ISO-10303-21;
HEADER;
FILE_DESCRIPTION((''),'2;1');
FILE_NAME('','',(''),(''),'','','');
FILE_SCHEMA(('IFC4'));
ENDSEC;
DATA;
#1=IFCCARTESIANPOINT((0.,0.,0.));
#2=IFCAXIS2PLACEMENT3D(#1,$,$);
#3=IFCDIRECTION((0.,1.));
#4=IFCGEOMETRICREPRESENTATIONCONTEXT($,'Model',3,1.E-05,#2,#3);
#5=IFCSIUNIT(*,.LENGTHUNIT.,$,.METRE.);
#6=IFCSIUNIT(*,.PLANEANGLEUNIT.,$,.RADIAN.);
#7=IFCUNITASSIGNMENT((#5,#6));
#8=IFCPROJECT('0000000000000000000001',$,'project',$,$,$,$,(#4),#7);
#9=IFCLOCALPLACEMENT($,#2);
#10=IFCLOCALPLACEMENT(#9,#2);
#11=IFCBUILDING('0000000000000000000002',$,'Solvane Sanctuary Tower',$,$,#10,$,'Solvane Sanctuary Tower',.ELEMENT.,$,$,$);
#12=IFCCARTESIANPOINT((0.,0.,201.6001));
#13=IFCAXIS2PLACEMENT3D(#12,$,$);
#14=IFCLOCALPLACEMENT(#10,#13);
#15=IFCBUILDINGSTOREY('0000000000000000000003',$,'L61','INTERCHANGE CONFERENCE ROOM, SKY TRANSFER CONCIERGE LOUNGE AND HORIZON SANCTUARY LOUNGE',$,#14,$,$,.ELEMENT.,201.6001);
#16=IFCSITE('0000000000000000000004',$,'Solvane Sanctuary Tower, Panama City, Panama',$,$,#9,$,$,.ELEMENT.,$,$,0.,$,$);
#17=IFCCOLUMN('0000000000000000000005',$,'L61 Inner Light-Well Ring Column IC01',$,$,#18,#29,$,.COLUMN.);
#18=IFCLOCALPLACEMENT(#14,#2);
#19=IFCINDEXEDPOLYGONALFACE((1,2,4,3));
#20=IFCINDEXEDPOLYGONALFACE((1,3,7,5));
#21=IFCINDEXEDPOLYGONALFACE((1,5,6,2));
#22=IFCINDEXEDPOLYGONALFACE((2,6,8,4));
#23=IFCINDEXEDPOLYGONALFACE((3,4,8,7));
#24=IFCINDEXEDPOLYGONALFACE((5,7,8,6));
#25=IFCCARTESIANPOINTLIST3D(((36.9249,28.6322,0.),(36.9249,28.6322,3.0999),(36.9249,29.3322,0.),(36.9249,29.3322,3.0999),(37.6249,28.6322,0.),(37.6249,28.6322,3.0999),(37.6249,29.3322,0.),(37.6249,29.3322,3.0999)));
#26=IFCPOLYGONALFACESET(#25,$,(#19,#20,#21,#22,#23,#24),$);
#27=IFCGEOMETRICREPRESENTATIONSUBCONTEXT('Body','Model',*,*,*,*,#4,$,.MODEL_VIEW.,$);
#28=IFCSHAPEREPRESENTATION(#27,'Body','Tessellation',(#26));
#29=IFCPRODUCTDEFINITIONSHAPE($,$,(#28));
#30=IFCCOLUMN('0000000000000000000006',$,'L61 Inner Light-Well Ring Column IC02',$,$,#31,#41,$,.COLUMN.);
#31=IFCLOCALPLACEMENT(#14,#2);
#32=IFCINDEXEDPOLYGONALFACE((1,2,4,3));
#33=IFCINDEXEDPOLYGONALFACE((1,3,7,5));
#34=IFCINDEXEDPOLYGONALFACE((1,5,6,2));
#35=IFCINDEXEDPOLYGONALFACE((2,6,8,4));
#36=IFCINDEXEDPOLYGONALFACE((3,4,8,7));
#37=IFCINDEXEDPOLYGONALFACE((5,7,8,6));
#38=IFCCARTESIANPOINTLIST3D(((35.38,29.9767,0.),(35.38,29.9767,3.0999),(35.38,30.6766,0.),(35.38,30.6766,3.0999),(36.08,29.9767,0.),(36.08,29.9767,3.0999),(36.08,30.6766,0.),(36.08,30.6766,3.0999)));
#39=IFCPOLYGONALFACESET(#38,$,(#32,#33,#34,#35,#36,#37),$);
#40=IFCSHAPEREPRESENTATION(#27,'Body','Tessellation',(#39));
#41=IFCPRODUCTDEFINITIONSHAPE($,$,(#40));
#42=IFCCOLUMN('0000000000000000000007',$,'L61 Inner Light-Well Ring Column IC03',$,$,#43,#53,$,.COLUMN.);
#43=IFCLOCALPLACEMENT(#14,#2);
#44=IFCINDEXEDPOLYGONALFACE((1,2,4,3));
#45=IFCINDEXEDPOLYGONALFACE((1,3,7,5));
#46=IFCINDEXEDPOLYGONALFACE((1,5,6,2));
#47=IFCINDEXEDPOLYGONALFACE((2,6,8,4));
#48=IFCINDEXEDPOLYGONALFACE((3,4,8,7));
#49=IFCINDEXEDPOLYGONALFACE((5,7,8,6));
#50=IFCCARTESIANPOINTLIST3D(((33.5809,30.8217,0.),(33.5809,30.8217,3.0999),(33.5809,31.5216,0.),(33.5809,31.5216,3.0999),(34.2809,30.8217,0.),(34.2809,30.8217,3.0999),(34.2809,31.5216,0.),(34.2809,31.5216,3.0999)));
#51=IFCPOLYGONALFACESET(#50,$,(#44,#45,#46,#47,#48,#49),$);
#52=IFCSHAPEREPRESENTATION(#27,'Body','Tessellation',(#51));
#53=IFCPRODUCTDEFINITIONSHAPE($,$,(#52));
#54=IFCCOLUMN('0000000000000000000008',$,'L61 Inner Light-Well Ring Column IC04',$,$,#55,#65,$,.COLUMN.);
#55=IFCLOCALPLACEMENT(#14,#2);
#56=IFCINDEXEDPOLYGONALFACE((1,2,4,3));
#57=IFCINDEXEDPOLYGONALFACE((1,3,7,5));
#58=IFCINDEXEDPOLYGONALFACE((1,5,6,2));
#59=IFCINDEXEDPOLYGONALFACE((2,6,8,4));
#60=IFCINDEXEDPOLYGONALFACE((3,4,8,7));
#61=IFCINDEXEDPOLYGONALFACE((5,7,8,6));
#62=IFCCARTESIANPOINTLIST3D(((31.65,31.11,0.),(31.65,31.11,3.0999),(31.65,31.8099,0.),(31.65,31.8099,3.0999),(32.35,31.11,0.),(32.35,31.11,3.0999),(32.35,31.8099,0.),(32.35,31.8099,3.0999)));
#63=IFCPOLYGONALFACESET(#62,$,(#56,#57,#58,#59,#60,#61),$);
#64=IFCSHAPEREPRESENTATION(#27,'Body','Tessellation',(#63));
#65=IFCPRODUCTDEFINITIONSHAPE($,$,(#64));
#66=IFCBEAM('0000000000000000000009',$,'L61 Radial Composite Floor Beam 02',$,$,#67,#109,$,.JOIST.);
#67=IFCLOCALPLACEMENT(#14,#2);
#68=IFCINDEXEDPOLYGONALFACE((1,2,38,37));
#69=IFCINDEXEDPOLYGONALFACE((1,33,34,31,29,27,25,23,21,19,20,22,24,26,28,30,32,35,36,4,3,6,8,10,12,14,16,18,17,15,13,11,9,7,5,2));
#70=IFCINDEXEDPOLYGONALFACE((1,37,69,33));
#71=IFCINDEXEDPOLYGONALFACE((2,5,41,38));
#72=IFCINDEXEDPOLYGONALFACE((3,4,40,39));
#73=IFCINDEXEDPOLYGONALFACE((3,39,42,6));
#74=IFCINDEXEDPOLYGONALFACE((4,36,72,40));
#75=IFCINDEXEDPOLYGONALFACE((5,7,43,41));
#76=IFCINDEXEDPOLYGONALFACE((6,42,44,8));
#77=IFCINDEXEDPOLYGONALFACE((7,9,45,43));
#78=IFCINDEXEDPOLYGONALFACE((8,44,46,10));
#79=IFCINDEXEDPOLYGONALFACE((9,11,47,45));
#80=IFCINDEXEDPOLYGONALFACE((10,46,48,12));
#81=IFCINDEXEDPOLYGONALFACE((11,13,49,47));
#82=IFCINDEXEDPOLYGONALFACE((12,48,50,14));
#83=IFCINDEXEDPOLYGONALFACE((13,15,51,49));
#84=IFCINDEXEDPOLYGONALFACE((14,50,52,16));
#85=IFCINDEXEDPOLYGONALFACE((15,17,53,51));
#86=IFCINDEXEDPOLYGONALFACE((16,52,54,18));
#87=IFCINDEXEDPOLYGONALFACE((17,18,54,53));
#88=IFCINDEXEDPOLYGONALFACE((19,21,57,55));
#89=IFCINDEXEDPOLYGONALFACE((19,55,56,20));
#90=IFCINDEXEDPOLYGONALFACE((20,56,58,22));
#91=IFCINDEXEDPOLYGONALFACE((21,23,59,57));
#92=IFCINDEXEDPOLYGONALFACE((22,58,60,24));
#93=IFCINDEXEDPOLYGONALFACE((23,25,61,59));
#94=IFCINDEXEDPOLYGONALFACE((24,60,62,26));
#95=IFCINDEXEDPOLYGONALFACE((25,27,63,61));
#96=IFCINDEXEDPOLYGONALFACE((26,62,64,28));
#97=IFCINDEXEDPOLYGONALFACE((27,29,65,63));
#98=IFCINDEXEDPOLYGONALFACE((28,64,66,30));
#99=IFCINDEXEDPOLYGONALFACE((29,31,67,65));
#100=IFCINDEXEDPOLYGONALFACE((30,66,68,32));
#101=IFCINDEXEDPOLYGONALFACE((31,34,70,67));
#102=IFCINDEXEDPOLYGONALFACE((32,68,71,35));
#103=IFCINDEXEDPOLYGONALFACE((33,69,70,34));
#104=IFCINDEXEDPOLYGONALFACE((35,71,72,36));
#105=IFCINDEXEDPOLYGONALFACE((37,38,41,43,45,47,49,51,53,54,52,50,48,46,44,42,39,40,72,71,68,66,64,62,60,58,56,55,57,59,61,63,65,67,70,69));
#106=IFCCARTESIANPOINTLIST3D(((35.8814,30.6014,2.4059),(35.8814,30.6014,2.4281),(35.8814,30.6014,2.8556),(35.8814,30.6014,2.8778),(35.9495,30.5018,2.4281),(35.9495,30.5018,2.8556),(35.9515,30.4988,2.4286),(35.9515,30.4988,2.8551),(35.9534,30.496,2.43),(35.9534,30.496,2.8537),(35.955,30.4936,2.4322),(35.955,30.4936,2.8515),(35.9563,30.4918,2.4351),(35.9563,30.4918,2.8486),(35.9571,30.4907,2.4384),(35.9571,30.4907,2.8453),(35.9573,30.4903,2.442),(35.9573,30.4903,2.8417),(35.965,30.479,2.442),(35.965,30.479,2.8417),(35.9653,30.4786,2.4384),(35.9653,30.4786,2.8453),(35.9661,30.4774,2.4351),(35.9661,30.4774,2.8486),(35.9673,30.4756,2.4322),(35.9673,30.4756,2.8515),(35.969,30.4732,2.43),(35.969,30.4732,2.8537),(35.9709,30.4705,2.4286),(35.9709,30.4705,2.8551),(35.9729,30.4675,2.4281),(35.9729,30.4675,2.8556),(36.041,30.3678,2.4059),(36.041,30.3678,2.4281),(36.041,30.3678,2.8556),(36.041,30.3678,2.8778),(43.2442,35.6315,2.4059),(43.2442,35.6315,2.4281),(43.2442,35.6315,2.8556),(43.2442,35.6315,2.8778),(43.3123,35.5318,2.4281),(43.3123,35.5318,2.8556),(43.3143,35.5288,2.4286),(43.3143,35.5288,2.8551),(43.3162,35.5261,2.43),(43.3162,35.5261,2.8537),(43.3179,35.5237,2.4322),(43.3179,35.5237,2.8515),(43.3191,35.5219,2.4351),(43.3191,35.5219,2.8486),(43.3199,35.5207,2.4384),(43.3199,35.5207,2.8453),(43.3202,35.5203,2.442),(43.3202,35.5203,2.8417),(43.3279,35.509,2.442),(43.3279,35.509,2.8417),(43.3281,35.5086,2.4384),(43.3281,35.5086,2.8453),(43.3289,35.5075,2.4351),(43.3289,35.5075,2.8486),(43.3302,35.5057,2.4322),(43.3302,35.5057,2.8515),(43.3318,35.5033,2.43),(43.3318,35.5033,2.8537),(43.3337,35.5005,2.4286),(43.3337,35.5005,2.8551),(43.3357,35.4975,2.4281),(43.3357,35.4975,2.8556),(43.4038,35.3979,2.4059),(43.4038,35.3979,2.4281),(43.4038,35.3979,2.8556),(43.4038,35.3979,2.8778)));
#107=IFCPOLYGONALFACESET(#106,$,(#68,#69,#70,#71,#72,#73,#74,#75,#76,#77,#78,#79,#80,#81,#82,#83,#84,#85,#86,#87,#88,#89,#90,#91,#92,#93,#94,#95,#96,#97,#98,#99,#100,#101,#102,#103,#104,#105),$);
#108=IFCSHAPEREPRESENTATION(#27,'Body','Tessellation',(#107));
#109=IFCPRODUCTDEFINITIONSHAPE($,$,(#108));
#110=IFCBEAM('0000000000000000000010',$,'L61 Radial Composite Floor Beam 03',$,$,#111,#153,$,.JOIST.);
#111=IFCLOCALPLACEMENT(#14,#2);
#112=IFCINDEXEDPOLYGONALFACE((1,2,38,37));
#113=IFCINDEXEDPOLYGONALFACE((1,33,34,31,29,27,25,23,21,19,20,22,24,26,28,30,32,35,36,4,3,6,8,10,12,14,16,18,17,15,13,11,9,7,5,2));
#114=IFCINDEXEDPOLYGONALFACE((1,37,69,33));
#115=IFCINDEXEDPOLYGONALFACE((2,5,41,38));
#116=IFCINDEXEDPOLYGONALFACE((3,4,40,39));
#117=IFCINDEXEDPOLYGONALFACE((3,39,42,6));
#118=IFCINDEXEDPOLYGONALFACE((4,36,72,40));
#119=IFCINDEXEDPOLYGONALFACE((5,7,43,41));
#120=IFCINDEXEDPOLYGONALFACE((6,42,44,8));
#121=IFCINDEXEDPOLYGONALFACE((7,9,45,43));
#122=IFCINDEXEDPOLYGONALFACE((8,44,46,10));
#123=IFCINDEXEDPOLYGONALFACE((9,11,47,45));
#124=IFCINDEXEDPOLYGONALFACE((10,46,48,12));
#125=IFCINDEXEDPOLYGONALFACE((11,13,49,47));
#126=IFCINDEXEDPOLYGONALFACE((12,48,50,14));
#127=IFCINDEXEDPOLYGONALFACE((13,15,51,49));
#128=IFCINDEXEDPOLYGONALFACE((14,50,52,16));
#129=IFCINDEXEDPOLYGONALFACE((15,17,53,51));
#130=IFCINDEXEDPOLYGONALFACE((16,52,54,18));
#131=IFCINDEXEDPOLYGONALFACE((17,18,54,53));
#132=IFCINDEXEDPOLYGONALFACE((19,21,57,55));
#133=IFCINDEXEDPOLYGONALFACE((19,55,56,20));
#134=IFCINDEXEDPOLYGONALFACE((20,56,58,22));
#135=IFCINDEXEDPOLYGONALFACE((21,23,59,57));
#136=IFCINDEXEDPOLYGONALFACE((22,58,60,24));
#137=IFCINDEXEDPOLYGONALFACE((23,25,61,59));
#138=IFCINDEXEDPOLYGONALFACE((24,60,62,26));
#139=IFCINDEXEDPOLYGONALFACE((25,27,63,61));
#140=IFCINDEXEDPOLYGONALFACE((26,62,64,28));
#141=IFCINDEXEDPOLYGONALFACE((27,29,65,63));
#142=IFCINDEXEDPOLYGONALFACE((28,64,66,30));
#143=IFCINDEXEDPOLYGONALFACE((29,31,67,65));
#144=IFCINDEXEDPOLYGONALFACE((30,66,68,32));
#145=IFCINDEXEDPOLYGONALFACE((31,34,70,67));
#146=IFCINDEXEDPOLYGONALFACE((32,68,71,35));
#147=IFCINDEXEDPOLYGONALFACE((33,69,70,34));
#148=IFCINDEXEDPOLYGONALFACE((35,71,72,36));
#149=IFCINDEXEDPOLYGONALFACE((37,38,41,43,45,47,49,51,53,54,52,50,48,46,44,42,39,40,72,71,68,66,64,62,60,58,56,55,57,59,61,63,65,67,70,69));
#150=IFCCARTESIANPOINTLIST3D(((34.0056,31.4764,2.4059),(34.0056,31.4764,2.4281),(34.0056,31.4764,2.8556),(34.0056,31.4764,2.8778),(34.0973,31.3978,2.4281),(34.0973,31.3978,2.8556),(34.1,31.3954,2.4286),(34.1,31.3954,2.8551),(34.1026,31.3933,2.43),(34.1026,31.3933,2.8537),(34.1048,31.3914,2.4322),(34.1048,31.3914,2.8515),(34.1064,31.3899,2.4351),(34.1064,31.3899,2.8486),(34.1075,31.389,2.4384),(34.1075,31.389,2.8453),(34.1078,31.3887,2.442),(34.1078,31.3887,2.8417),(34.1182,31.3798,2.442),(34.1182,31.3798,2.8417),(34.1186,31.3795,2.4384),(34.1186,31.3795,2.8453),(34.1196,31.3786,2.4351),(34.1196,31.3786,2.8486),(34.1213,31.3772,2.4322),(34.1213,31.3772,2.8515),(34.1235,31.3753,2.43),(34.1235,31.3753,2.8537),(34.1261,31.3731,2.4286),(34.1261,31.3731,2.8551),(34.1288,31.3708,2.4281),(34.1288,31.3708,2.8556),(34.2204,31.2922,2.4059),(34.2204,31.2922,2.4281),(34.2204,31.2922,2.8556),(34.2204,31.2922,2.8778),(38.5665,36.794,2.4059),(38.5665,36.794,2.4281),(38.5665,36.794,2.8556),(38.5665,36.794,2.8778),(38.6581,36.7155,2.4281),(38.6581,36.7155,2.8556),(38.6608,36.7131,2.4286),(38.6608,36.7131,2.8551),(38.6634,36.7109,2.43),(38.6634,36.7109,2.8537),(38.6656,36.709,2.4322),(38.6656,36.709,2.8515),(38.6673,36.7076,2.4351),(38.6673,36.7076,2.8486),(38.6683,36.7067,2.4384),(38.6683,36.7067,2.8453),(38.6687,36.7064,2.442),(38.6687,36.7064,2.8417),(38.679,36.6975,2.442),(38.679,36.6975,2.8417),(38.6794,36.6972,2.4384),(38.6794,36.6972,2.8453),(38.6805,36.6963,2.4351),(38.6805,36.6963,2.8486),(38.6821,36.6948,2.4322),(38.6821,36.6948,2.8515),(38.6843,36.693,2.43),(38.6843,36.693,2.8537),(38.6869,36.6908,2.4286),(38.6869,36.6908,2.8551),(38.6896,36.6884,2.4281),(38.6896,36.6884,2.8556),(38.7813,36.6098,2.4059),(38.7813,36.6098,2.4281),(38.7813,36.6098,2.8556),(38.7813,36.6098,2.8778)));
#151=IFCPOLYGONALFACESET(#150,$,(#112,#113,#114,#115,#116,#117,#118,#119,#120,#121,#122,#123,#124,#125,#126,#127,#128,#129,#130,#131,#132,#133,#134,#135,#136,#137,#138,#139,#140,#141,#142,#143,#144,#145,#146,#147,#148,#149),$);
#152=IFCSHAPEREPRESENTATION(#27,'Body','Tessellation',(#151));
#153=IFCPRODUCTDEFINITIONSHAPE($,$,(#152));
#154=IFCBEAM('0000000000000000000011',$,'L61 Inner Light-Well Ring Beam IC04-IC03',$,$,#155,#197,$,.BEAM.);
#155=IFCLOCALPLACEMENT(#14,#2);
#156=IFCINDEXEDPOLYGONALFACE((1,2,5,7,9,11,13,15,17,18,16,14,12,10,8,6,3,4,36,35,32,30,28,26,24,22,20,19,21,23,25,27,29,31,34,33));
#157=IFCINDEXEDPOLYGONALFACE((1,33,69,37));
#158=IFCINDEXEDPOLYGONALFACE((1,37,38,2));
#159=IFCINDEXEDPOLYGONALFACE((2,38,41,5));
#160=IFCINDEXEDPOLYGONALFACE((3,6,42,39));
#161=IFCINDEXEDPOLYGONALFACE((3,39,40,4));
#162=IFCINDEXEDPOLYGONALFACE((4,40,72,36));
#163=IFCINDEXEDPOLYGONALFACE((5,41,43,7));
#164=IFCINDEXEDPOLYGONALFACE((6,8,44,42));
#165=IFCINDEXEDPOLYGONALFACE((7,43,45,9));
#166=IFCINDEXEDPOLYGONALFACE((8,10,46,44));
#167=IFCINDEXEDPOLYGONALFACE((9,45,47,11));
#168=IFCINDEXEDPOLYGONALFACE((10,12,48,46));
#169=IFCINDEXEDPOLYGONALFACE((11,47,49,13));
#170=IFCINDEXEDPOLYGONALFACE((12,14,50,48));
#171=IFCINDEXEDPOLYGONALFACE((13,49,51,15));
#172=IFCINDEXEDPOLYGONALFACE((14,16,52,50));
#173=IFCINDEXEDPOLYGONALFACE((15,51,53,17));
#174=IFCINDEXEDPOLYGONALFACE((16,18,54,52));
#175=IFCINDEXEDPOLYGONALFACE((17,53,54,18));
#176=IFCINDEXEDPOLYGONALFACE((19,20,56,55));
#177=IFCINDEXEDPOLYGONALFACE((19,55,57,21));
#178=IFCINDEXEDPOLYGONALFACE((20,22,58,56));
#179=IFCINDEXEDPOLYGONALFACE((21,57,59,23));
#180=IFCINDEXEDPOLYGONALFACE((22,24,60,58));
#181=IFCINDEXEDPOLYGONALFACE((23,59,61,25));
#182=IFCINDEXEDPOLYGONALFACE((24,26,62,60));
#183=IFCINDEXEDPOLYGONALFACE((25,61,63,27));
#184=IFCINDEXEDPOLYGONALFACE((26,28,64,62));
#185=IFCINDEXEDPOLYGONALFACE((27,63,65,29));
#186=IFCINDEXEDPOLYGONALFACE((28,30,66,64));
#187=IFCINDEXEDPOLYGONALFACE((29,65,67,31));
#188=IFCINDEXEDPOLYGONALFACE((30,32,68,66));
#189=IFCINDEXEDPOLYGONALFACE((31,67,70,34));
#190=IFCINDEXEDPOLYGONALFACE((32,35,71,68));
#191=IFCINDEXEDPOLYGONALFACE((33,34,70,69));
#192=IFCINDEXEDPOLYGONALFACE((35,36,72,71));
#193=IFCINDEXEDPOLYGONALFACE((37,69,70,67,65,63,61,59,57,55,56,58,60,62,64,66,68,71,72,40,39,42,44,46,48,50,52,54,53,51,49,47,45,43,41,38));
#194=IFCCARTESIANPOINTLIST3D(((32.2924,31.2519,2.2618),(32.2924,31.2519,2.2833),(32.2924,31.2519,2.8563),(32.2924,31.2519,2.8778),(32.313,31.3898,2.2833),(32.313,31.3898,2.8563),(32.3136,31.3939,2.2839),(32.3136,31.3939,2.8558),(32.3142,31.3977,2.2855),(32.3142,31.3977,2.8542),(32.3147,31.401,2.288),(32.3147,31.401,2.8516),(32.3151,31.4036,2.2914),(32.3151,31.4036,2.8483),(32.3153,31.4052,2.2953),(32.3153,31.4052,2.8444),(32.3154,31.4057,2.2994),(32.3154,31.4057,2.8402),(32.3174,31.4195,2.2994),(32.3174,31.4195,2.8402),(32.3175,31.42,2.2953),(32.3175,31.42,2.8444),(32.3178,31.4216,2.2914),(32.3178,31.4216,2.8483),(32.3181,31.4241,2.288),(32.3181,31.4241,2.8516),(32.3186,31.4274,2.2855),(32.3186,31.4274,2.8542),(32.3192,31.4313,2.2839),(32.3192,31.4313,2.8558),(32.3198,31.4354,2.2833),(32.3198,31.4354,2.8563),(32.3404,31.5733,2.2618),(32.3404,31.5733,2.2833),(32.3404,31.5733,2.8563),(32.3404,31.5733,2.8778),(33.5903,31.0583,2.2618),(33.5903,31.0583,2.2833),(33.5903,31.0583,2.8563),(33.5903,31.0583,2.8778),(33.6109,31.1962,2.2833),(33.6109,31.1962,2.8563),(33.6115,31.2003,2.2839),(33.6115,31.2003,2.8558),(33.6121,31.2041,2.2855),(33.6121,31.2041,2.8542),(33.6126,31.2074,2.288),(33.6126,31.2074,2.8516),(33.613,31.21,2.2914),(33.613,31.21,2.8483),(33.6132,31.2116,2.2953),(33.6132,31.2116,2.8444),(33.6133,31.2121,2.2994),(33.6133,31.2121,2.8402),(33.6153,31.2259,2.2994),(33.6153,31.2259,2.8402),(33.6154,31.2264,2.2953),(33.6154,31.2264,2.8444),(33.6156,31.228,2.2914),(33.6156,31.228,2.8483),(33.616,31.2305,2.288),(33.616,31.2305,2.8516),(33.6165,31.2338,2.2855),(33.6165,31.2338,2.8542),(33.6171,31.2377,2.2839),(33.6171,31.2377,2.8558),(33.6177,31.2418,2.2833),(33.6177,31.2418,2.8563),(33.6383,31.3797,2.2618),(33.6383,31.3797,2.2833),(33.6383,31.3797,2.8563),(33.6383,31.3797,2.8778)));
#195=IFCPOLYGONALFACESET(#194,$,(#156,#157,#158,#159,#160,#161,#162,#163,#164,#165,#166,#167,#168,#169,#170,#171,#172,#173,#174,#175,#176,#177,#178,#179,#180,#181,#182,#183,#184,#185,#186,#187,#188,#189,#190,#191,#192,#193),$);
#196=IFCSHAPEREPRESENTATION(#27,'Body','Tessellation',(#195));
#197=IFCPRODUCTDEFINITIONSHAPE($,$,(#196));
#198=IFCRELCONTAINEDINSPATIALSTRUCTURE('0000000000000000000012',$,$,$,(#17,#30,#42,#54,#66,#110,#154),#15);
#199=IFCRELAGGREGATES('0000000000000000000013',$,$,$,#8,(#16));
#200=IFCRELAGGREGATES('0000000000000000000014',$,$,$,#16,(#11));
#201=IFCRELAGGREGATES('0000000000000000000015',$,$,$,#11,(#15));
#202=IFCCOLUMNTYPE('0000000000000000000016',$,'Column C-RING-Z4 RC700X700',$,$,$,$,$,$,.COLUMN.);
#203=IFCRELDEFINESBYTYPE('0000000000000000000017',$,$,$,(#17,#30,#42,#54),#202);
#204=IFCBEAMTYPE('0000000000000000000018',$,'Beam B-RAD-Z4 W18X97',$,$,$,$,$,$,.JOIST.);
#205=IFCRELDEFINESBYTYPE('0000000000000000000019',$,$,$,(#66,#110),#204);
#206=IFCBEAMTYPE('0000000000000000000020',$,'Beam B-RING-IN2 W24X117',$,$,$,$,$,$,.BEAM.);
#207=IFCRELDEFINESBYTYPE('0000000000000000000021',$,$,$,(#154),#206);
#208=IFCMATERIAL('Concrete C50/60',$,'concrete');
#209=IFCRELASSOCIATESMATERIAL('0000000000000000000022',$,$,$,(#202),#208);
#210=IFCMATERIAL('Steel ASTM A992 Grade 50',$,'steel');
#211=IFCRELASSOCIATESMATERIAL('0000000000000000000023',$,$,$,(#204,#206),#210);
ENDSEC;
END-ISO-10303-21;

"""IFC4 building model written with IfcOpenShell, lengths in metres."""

from ifc_helpers import new_model, si_unit, direction, frame, origin, origin_2d, place, context, subcontext, project, spatial, rectangle, i_section, extrude, material, material_profile, profile_set, type_object, element, save


model = new_model("IFC4")

# Units and contexts
model_context = context("Model", 3, precision=1e-05, world=origin(), true_north=direction((0.0, 1.0)))
body_context = subcontext(model_context, "Body", "Model", "MODEL_VIEW")
ifc_project = project(units=[si_unit("LENGTHUNIT", "METRE"), si_unit("PLANEANGLEUNIT", "RADIAN")], contexts=[model_context])

# Site, building, storey
site_placement = place(None, origin())
site = spatial("IfcSite", under=ifc_project, at=site_placement, Name="Solvane Sanctuary Tower, Panama City, Panama", CompositionType="ELEMENT", RefElevation=0.0)
building_placement = place(site_placement, origin())
building = spatial("IfcBuilding", under=site, at=building_placement, Name="Solvane Sanctuary Tower", LongName="Solvane Sanctuary Tower", CompositionType="ELEMENT")
storey_placement = place(building_placement, frame((0.0, 0.0, 201.6001)))
storey = spatial("IfcBuildingStorey", under=building, at=storey_placement, Name="L61", Description="INTERCHANGE CONFERENCE ROOM, SKY TRANSFER CONCIERGE LOUNGE AND HORIZON SANCTUARY LOUNGE", CompositionType="ELEMENT", Elevation=201.6001)

# Columns
ifc_material_1 = material(Name="Concrete C50/60", Category="concrete")
ifc_material_profile_1 = material_profile(ifc_material_1, rectangle(XDim=0.7, YDim=0.7, at=origin_2d()), Name="RC700X700")
ifc_profile_set_1 = profile_set([ifc_material_profile_1], Name="Concrete C50/60")
column_type = type_object("IfcColumnType", Name="Column C-RING-Z4 RC700X700", PredefinedType="COLUMN", material=ifc_profile_set_1)
for number, where, z_axis, x_axis, name in (
    (1, (37.2749, 28.9822, 0.0), (0.0, 0.0, 1.0), (1.0, 0.0, 0.0), "L61 Inner Light-Well Ring Column IC01"),
    (2, (35.73, 30.3267, 0.0), (0.0, 0.0, 1.0), (1.0, 0.0, 0.0), "L61 Inner Light-Well Ring Column IC02"),
    (3, (33.9309, 31.1716, 0.0), (0.0, 0.0, 1.0), (1.0, 0.0, 0.0), "L61 Inner Light-Well Ring Column IC03"),
    (4, (32.0, 31.46, 0.0), (0.0, 0.0, 1.0), (1.0, 0.0, 0.0), "L61 Inner Light-Well Ring Column IC04"),
):
    element("IfcColumn", number, at=place(storey_placement, frame(where, z_axis=z_axis, x_axis=x_axis)), inside=storey, type_object=column_type, Name=name, PredefinedType="COLUMN", context=body_context, shape_type="SweptSolid", body=[
        extrude(rectangle(XDim=0.7, YDim=0.7, at=origin_2d()), origin(), (0.0, 0.0, 1.0), 3.0999),
    ])

# Beams
ifc_material_2 = material(Name="Steel ASTM A992 Grade 50", Category="steel")
ifc_material_profile_2 = material_profile(ifc_material_2, i_section(OverallWidth=0.283, OverallDepth=0.4719, WebThickness=0.0137, FlangeThickness=0.0222, FilletRadius=0.0139, at=origin_2d()), Name="W18X97")
ifc_profile_set_2 = profile_set([ifc_material_profile_2], Name="Steel ASTM A992 Grade 50")
beam_type_1 = type_object("IfcBeamType", Name="Beam B-RAD-Z4 W18X97", PredefinedType="JOIST", material=ifc_profile_set_2)
beam_1_placement = place(storey_placement, frame((35.9612, 30.4846, 2.6418), z_axis=(0.825708, 0.564098, 0.0), x_axis=(-0.564098, 0.825708, 0.0)))
element("IfcBeam", 5, at=beam_1_placement, inside=storey, type_object=beam_type_1, Name="L61 Radial Composite Floor Beam 02", PredefinedType="JOIST", context=body_context, shape_type="SweptSolid", body=[
    extrude(i_section(OverallWidth=0.283, OverallDepth=0.4719, WebThickness=0.0137, FlangeThickness=0.0222, FilletRadius=0.0139, at=origin_2d()), origin(), (0.0, 0.0, 1.0), 8.917),
])
beam_2_placement = place(storey_placement, frame((34.113, 31.3843, 2.6418), z_axis=(0.651024, 0.759057, 0.0), x_axis=(-0.759057, 0.651024, 0.0)))
element("IfcBeam", 6, at=beam_2_placement, inside=storey, type_object=beam_type_1, Name="L61 Radial Composite Floor Beam 03", PredefinedType="JOIST", context=body_context, shape_type="SweptSolid", body=[
    extrude(i_section(OverallWidth=0.283, OverallDepth=0.4719, WebThickness=0.0137, FlangeThickness=0.0222, FilletRadius=0.0139, at=origin_2d()), origin(), (0.0, 0.0, 1.0), 7.0056),
])
ifc_material_profile_3 = material_profile(ifc_material_2, i_section(OverallWidth=0.325, OverallDepth=0.616, WebThickness=0.0139, FlangeThickness=0.0215, FilletRadius=0.0161, at=origin_2d()), Name="W24X117")
ifc_profile_set_3 = profile_set([ifc_material_profile_3], Name="Steel ASTM A992 Grade 50")
beam_type_2 = type_object("IfcBeamType", Name="Beam B-RING-IN2 W24X117", PredefinedType="BEAM", material=ifc_profile_set_3)
beam_3_placement = place(storey_placement, frame((32.3164, 31.4126, 2.5698), z_axis=(0.989056, -0.14754, 0.0), x_axis=(0.14754, 0.989056, 0.0)))
element("IfcBeam", 7, at=beam_3_placement, inside=storey, type_object=beam_type_2, Name="L61 Inner Light-Well Ring Beam IC04-IC03", PredefinedType="BEAM", context=body_context, shape_type="SweptSolid", body=[
    extrude(i_section(OverallWidth=0.325, OverallDepth=0.616, WebThickness=0.0139, FlangeThickness=0.0215, FilletRadius=0.0161, at=origin_2d()), origin(), (0.0, 0.0, 1.0), 1.3123),
])

save(model, "model.ifc")
